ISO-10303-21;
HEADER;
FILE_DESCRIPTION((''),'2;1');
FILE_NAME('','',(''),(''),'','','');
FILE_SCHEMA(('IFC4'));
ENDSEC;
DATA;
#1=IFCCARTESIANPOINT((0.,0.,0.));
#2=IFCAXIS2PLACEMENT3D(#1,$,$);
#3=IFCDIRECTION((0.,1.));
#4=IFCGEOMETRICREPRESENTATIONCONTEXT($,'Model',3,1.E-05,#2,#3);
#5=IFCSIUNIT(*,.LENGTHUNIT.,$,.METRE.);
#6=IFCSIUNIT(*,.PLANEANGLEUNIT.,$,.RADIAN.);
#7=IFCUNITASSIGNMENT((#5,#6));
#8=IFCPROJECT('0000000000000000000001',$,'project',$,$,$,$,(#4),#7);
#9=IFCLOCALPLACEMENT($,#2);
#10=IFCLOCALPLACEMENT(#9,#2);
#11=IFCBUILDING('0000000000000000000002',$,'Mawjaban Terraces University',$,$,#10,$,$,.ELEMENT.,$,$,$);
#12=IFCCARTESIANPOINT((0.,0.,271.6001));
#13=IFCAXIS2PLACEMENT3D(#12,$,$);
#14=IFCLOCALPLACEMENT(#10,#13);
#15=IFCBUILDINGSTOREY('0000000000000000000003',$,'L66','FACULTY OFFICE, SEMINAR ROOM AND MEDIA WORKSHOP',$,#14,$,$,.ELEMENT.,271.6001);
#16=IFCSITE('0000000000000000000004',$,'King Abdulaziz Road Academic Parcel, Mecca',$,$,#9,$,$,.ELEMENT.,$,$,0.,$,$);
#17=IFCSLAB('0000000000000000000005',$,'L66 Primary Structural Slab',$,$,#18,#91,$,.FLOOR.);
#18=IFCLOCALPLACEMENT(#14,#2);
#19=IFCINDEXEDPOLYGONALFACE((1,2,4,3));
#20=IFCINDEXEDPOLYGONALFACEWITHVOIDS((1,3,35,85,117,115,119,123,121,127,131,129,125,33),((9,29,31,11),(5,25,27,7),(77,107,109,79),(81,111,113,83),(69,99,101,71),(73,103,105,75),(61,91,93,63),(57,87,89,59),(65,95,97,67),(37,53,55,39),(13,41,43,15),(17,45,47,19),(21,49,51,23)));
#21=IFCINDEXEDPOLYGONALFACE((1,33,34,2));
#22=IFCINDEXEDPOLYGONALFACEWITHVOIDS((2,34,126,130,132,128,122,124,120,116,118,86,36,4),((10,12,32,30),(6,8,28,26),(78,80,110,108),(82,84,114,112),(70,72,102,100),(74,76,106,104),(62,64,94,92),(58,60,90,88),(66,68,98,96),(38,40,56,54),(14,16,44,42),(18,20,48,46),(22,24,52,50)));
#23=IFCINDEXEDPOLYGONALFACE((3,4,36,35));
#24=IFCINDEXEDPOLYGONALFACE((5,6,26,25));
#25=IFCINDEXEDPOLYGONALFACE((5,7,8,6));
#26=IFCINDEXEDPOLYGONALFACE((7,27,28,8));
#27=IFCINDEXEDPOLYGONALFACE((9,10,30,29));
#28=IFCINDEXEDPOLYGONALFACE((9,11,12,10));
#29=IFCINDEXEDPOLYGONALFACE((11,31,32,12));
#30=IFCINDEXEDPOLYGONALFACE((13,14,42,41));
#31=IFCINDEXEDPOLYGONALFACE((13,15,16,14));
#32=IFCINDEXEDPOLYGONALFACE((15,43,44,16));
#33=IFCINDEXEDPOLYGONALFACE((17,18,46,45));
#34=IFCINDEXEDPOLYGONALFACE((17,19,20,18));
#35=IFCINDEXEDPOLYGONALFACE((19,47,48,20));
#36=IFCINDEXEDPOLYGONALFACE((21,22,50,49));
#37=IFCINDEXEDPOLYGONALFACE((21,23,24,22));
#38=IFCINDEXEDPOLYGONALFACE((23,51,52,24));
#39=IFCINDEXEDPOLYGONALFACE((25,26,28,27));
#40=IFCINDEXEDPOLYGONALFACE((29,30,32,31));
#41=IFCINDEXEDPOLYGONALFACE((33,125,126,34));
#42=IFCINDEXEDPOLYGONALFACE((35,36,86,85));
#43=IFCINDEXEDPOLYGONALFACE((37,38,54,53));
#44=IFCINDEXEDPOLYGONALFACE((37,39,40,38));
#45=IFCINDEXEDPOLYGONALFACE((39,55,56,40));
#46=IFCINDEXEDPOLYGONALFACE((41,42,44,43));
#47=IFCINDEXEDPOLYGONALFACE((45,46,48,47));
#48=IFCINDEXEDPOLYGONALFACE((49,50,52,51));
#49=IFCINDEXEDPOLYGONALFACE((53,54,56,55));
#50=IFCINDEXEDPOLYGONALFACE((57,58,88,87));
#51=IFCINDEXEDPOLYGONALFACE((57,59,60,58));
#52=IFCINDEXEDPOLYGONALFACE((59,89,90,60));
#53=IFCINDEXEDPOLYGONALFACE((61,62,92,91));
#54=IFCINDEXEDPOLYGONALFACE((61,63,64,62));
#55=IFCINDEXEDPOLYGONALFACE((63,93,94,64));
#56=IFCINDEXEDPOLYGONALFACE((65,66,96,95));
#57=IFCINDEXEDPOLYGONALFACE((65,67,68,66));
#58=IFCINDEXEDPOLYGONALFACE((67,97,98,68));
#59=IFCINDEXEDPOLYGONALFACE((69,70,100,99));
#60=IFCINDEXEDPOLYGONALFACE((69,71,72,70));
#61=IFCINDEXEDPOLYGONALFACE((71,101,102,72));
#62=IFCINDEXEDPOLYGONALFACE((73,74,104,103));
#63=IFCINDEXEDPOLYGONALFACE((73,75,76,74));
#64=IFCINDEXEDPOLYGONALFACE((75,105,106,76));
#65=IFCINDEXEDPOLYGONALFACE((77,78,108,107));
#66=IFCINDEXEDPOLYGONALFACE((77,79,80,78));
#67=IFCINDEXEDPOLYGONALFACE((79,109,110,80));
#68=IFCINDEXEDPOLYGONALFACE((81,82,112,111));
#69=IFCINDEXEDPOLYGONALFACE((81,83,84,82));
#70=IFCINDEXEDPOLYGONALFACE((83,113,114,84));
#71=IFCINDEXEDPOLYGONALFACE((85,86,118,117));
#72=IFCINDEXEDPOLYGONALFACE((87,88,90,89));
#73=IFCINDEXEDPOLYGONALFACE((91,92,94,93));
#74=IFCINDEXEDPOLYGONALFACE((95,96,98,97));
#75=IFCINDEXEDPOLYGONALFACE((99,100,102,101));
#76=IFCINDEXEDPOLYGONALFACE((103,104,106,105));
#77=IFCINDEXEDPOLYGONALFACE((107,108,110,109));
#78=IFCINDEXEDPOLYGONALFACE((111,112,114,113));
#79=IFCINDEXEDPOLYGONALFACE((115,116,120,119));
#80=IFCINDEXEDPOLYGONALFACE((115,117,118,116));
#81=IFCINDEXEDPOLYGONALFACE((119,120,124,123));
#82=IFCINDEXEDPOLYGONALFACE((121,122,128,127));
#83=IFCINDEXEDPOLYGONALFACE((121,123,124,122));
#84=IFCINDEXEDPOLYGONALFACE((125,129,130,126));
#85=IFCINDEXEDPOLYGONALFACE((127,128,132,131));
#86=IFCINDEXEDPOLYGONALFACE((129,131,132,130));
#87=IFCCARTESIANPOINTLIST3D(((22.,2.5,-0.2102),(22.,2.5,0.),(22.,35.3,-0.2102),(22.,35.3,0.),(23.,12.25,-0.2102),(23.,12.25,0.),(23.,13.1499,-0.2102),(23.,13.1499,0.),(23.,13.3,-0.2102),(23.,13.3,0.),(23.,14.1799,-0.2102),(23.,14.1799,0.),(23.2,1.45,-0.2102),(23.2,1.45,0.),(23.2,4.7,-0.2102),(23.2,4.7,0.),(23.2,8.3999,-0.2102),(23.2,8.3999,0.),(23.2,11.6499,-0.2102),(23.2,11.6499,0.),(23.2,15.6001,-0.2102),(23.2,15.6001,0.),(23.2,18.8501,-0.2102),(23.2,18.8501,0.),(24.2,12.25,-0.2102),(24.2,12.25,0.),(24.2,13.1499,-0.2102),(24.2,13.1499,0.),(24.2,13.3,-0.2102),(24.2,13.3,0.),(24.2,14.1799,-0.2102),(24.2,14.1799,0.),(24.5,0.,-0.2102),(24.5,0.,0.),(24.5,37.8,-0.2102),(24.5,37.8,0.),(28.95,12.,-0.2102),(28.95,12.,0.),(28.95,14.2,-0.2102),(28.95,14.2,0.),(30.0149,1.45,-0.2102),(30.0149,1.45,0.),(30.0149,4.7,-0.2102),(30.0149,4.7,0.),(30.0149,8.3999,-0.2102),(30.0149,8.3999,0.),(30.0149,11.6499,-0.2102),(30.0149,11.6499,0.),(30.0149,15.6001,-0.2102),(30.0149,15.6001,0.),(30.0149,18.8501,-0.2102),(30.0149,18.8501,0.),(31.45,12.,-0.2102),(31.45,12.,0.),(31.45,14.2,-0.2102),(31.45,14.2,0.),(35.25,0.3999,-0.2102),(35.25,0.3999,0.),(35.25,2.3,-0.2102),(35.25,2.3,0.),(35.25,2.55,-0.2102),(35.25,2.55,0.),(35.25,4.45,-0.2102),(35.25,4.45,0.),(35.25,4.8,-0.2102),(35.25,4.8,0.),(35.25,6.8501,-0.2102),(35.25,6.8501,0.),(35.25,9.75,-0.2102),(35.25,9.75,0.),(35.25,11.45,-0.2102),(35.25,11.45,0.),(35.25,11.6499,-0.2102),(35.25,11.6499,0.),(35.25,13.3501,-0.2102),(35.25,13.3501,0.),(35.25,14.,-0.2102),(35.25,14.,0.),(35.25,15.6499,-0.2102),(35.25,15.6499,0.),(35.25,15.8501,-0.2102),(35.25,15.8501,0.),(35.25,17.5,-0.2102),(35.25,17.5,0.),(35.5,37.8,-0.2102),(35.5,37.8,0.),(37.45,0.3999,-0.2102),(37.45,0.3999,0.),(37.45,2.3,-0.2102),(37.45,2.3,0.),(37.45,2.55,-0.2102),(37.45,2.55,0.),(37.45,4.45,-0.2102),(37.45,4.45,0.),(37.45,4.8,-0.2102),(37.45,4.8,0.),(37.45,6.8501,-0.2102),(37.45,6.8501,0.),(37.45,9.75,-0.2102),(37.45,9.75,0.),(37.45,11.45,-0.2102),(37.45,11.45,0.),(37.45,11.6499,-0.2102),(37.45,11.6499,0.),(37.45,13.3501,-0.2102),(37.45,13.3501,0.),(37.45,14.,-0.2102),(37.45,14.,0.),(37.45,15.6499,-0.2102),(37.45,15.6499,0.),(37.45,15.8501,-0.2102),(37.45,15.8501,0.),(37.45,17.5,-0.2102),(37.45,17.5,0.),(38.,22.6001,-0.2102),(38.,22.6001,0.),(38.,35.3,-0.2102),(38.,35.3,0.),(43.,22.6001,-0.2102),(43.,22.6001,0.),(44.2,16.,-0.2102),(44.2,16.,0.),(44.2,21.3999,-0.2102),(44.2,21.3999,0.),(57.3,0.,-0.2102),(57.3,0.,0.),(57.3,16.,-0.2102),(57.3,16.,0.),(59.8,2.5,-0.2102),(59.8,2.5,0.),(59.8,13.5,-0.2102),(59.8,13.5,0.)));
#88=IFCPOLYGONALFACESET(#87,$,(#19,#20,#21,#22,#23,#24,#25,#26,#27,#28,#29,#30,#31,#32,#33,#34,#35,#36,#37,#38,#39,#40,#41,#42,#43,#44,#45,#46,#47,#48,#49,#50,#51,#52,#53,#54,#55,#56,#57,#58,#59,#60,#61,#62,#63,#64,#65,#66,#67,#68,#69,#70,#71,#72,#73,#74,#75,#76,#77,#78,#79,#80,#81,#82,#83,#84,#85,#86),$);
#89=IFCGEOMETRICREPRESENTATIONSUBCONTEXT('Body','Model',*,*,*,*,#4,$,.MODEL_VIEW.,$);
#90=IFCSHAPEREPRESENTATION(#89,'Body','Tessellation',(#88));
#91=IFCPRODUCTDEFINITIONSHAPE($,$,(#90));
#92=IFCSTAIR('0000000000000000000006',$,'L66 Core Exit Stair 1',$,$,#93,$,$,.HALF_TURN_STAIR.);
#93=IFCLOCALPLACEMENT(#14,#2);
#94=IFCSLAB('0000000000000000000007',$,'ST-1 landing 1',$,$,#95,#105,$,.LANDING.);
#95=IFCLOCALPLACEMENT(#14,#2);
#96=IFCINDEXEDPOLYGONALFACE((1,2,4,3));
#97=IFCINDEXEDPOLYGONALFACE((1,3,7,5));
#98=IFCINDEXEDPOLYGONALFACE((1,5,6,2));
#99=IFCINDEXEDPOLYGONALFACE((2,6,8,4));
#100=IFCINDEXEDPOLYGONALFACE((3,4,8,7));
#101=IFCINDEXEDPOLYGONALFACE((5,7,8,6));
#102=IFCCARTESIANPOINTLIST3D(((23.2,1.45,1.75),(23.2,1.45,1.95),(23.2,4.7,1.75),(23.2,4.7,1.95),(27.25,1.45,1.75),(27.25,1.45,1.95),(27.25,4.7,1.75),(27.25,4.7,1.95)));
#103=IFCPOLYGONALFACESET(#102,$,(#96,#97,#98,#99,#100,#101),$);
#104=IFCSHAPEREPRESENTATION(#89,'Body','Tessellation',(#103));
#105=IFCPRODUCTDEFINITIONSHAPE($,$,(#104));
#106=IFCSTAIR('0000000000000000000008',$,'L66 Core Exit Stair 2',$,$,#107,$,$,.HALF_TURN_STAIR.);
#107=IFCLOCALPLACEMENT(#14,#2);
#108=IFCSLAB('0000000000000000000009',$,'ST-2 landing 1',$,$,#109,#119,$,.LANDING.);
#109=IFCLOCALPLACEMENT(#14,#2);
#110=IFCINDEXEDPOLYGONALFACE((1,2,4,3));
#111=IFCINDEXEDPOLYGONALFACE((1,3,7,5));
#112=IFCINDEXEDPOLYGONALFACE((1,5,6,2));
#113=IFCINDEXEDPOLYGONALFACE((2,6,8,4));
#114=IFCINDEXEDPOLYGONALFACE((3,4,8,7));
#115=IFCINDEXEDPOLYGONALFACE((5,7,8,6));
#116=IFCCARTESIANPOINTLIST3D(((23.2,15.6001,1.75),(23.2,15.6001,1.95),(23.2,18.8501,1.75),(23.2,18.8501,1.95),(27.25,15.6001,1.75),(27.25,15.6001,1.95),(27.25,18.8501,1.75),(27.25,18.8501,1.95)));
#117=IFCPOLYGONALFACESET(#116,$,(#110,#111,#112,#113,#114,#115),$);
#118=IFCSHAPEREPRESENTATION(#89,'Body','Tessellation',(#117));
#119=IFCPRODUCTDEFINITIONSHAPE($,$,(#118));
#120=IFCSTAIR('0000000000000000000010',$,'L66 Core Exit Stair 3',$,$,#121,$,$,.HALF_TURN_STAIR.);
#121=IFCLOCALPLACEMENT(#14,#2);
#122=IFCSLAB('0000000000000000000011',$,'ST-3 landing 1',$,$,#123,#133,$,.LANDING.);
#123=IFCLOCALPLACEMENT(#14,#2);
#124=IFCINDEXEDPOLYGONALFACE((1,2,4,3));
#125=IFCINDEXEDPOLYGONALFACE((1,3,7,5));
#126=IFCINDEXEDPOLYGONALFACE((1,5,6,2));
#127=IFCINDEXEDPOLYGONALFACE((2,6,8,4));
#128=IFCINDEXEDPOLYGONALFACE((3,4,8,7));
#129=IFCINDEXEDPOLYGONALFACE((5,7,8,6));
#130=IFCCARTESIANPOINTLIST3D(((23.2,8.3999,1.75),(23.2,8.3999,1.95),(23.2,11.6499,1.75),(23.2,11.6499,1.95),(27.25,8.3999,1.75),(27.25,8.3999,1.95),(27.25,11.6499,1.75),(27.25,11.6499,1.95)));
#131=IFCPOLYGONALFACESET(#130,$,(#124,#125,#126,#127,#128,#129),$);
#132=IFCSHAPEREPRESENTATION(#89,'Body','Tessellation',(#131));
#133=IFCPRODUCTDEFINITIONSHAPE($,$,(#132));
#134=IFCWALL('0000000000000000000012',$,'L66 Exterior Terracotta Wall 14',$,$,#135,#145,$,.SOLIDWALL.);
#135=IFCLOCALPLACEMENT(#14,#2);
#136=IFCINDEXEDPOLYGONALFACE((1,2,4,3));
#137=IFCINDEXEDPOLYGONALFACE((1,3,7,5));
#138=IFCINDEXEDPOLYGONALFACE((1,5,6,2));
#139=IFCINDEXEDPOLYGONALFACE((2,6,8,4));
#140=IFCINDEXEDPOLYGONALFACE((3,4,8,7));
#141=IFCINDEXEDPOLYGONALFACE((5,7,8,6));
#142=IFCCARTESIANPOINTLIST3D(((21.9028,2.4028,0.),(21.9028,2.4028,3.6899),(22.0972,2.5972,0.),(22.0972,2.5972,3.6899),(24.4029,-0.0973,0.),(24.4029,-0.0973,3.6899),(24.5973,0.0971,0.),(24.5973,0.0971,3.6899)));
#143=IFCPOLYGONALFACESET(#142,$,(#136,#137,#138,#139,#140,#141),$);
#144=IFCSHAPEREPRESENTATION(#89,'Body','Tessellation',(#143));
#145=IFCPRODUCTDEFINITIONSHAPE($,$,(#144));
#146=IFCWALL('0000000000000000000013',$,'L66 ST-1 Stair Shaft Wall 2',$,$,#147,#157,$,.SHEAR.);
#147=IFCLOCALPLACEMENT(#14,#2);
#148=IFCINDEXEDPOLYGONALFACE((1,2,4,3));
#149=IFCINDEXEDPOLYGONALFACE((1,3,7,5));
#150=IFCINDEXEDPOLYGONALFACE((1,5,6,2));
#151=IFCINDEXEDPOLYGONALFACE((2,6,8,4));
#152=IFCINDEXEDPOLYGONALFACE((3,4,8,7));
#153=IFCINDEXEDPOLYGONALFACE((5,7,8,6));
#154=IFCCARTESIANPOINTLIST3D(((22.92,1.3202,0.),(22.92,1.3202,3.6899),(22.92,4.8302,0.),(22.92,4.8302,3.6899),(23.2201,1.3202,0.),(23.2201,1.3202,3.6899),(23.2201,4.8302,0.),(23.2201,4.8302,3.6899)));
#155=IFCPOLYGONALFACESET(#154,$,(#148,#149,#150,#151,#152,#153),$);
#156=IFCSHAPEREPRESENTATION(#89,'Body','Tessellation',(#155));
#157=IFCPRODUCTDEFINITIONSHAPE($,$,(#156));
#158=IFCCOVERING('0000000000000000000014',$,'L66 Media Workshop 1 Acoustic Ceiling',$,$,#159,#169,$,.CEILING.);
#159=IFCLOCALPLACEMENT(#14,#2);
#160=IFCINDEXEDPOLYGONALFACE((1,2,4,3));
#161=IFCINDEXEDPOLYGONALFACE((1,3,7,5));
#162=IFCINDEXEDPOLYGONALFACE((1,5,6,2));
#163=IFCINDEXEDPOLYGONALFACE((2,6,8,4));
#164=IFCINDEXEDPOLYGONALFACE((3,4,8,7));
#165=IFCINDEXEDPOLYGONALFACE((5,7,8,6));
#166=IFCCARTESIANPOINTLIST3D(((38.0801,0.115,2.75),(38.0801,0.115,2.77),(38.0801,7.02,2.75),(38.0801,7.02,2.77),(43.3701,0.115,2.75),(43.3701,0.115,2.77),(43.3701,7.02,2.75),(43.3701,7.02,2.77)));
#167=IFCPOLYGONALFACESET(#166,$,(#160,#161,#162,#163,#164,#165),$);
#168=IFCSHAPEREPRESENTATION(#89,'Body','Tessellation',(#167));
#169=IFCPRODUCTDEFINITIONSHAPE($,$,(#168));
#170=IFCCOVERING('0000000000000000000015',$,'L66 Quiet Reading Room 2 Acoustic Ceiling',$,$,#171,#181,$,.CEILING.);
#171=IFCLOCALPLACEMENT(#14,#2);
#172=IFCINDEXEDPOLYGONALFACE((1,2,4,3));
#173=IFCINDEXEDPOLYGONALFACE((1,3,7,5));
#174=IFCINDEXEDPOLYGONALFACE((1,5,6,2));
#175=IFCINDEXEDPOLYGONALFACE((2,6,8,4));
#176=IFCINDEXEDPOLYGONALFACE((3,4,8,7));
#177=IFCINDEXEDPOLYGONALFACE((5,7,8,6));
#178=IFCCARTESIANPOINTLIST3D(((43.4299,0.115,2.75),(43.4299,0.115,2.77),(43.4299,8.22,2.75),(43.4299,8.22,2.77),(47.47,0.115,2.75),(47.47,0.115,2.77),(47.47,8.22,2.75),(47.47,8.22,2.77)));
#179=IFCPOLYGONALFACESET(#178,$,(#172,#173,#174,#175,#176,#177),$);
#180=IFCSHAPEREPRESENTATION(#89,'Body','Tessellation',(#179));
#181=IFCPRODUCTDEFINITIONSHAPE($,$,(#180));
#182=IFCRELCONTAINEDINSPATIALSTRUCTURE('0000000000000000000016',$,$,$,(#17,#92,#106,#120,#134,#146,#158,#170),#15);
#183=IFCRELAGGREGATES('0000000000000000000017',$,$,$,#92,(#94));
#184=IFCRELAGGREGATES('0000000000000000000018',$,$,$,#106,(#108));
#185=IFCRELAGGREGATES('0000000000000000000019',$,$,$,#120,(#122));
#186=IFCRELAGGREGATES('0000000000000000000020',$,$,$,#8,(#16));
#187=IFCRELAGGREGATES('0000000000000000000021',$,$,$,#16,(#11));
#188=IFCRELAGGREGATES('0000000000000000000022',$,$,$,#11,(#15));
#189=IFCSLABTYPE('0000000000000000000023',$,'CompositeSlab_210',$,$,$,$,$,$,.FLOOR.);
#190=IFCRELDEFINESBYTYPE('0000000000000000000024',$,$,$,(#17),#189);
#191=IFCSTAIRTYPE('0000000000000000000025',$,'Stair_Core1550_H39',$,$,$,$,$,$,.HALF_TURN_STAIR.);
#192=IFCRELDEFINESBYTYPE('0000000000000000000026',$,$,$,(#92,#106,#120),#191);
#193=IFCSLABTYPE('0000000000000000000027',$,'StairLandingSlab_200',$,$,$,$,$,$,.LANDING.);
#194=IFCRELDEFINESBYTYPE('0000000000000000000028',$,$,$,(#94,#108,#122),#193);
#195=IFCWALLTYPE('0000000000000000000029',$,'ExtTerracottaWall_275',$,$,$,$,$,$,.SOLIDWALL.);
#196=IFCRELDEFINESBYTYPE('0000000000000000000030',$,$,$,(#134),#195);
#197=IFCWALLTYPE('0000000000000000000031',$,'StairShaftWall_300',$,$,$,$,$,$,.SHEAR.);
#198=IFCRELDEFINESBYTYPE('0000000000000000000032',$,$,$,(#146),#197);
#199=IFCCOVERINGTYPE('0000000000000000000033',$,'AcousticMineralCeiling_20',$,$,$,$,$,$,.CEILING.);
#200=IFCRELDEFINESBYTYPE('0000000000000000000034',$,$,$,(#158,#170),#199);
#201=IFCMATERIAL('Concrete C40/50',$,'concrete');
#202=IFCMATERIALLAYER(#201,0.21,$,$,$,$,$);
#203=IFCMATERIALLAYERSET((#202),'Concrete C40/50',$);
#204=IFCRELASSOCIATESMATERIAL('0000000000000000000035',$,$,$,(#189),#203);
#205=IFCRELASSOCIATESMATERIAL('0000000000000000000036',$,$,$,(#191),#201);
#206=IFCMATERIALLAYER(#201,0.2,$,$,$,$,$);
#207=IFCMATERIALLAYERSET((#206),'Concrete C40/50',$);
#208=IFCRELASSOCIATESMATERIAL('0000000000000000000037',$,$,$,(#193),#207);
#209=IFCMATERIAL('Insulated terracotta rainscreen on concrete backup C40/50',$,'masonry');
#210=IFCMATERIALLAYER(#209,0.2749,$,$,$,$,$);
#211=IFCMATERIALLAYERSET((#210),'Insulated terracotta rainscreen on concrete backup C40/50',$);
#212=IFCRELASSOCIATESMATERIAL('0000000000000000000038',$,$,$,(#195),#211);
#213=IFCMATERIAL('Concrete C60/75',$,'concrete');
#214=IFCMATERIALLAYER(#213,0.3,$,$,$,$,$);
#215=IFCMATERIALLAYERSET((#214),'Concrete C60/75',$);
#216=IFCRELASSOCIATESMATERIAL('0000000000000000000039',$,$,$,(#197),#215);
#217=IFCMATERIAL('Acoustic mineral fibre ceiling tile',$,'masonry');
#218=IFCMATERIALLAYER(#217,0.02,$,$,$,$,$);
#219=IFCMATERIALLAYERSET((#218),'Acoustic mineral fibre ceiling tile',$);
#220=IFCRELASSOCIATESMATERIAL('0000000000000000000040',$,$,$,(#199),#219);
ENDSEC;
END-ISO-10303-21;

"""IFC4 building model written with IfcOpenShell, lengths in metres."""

from ifc_helpers import new_model, si_unit, direction, frame, frame_2d, origin, place, context, subcontext, project, spatial, polyline, rectangle, outline, extrude, material, layer, layer_set, type_object, element, aggregate, save


model = new_model("IFC4")

# Units and contexts
model_context = context("Model", 3, precision=1e-05, world=origin(), true_north=direction((0.0, 1.0)))
body_context = subcontext(model_context, "Body", "Model", "MODEL_VIEW")
ifc_project = project(units=[si_unit("LENGTHUNIT", "METRE"), si_unit("PLANEANGLEUNIT", "RADIAN")], contexts=[model_context])

# Site, building, storey
site_placement = place(None, origin())
site = spatial("IfcSite", under=ifc_project, at=site_placement, Name="King Abdulaziz Road Academic Parcel, Mecca", CompositionType="ELEMENT", RefElevation=0.0)
building_placement = place(site_placement, origin())
building = spatial("IfcBuilding", under=site, at=building_placement, Name="Mawjaban Terraces University", CompositionType="ELEMENT")
storey_placement = place(building_placement, frame((0.0, 0.0, 271.6001)))
storey = spatial("IfcBuildingStorey", under=building, at=storey_placement, Name="L66", Description="FACULTY OFFICE, SEMINAR ROOM AND MEDIA WORKSHOP", CompositionType="ELEMENT", Elevation=271.6001)

# Slab
ifc_material_1 = material(Name="Concrete C40/50", Category="concrete")
ifc_layer_1 = layer(ifc_material_1, 0.21)
ifc_layer_set_1 = layer_set([ifc_layer_1], Name="Concrete C40/50")
slab_type_1 = type_object("IfcSlabType", Name="CompositeSlab_210", PredefinedType="FLOOR", material=ifc_layer_set_1)
slab_1_placement = place(storey_placement, frame((0.0, 0.0, -0.2102)))
element("IfcSlab", 1, at=slab_1_placement, inside=storey, type_object=slab_type_1, Name="L66 Primary Structural Slab", PredefinedType="FLOOR", context=body_context, shape_type="SweptSolid", body=[
    extrude(outline(polyline([(24.5, 0.0), (57.3, 0.0), (59.8, 2.5), (59.8, 13.5), (57.3, 16.0), (44.2, 16.0), (44.2, 21.3999), (43.0, 22.6001), (38.0, 22.6001), (38.0, 35.3), (35.5, 37.8), (24.5, 37.8), (22.0, 35.3), (22.0, 2.5), (24.5, 0.0)]), holes=[polyline([(30.0149, 4.7), (23.2, 4.7), (23.2, 1.45), (30.0149, 1.45), (30.0149, 4.7)]), polyline([(30.0149, 18.8501), (23.2, 18.8501), (23.2, 15.6001), (30.0149, 15.6001), (30.0149, 18.8501)]), polyline([(30.0149, 11.6499), (23.2, 11.6499), (23.2, 8.3999), (30.0149, 8.3999), (30.0149, 11.6499)]), polyline([(35.25, 0.3999), (37.45, 0.3999), (37.45, 2.3), (35.25, 2.3), (35.25, 0.3999)]), polyline([(35.25, 2.55), (37.45, 2.55), (37.45, 4.45), (35.25, 4.45), (35.25, 2.55)]), polyline([(35.25, 4.8), (37.45, 4.8), (37.45, 6.8501), (35.25, 6.8501), (35.25, 4.8)]), polyline([(35.25, 9.75), (37.45, 9.75), (37.45, 11.45), (35.25, 11.45), (35.25, 9.75)]), polyline([(35.25, 11.6499), (37.45, 11.6499), (37.45, 13.3501), (35.25, 13.3501), (35.25, 11.6499)]), polyline([(28.95, 12.0), (31.45, 12.0), (31.45, 14.2), (28.95, 14.2), (28.95, 12.0)]), polyline([(35.25, 14.0), (37.45, 14.0), (37.45, 15.6499), (35.25, 15.6499), (35.25, 14.0)]), polyline([(35.25, 15.8501), (37.45, 15.8501), (37.45, 17.5), (35.25, 17.5), (35.25, 15.8501)]), polyline([(23.0, 12.25), (24.2, 12.25), (24.2, 13.1499), (23.0, 13.1499), (23.0, 12.25)]), polyline([(23.0, 13.3), (24.2, 13.3), (24.2, 14.1799), (23.0, 14.1799), (23.0, 13.3)])]), origin(), (0.0, 0.0, 1.0), 0.2102),
])

# Stairs, slabs
stair_type = type_object("IfcStairType", Name="Stair_Core1550_H39", PredefinedType="HALF_TURN_STAIR", material=ifc_material_1)
stair_1_placement = place(storey_placement, origin())
stair_1 = element("IfcStair", 2, at=stair_1_placement, inside=storey, type_object=stair_type, Name="L66 Core Exit Stair 1", PredefinedType="HALF_TURN_STAIR")
ifc_layer_2 = layer(ifc_material_1, 0.2)
ifc_layer_set_2 = layer_set([ifc_layer_2], Name="Concrete C40/50")
slab_type_2 = type_object("IfcSlabType", Name="StairLandingSlab_200", PredefinedType="LANDING", material=ifc_layer_set_2)
slab_2_placement = place(storey_placement, frame((0.0, 0.0, 1.75)))
slab_2 = element("IfcSlab", 3, at=slab_2_placement, type_object=slab_type_2, Name="ST-1 landing 1", PredefinedType="LANDING", context=body_context, shape_type="SweptSolid", body=[
    extrude(outline(polyline([(27.25, 4.7), (23.2, 4.7), (23.2, 1.45), (27.25, 1.45), (27.25, 4.7)])), origin(), (0.0, 0.0, 1.0), 0.2),
])
aggregate(stair_1, [slab_2])
stair_2_placement = place(storey_placement, origin())
stair_2 = element("IfcStair", 4, at=stair_2_placement, inside=storey, type_object=stair_type, Name="L66 Core Exit Stair 2", PredefinedType="HALF_TURN_STAIR")
slab_3_placement = place(storey_placement, frame((0.0, 0.0, 1.75)))
slab_3 = element("IfcSlab", 5, at=slab_3_placement, type_object=slab_type_2, Name="ST-2 landing 1", PredefinedType="LANDING", context=body_context, shape_type="SweptSolid", body=[
    extrude(outline(polyline([(27.25, 18.8501), (23.2, 18.8501), (23.2, 15.6001), (27.25, 15.6001), (27.25, 18.8501)])), origin(), (0.0, 0.0, 1.0), 0.2),
])
aggregate(stair_2, [slab_3])
stair_3_placement = place(storey_placement, origin())
stair_3 = element("IfcStair", 6, at=stair_3_placement, inside=storey, type_object=stair_type, Name="L66 Core Exit Stair 3", PredefinedType="HALF_TURN_STAIR")
slab_4_placement = place(storey_placement, frame((0.0, 0.0, 1.75)))
slab_4 = element("IfcSlab", 7, at=slab_4_placement, type_object=slab_type_2, Name="ST-3 landing 1", PredefinedType="LANDING", context=body_context, shape_type="SweptSolid", body=[
    extrude(outline(polyline([(27.25, 11.6499), (23.2, 11.6499), (23.2, 8.3999), (27.25, 8.3999), (27.25, 11.6499)])), origin(), (0.0, 0.0, 1.0), 0.2),
])
aggregate(stair_3, [slab_4])

# Walls
ifc_material_2 = material(Name="Insulated terracotta rainscreen on concrete backup C40/50", Category="masonry")
ifc_layer_3 = layer(ifc_material_2, 0.2749)
ifc_layer_set_3 = layer_set([ifc_layer_3], Name="Insulated terracotta rainscreen on concrete backup C40/50")
wall_type_1 = type_object("IfcWallType", Name="ExtTerracottaWall_275", PredefinedType="SOLIDWALL", material=ifc_layer_set_3)
wall_1_placement = place(storey_placement, frame((22.0, 2.5, 0.0), z_axis=(0.0, 0.0, 1.0), x_axis=(0.707107, -0.707107, 0.0)))
element("IfcWall", 8, at=wall_1_placement, inside=storey, type_object=wall_type_1, Name="L66 Exterior Terracotta Wall 14", PredefinedType="SOLIDWALL", context=body_context, shape_type="SweptSolid", body=[
    extrude(rectangle(XDim=3.5356, YDim=0.2749, at=frame_2d((1.7678, 0.0))), origin(), (0.0, 0.0, 1.0), 3.6899),
])
ifc_material_3 = material(Name="Concrete C60/75", Category="concrete")
ifc_layer_4 = layer(ifc_material_3, 0.3)
ifc_layer_set_4 = layer_set([ifc_layer_4], Name="Concrete C60/75")
wall_type_2 = type_object("IfcWallType", Name="StairShaftWall_300", PredefinedType="SHEAR", material=ifc_layer_set_4)
wall_2_placement = place(storey_placement, frame((23.0701, 4.8301, 0.0), z_axis=(0.0, 0.0, 1.0), x_axis=(0.0, -1.0, 0.0)))
element("IfcWall", 9, at=wall_2_placement, inside=storey, type_object=wall_type_2, Name="L66 ST-1 Stair Shaft Wall 2", PredefinedType="SHEAR", context=body_context, shape_type="SweptSolid", body=[
    extrude(rectangle(XDim=3.51, YDim=0.3, at=frame_2d((1.7549, 0.0))), origin(), (0.0, 0.0, 1.0), 3.6899),
])

# Coverings
ifc_material_4 = material(Name="Acoustic mineral fibre ceiling tile", Category="masonry")
ifc_layer_5 = layer(ifc_material_4, 0.02)
ifc_layer_set_5 = layer_set([ifc_layer_5], Name="Acoustic mineral fibre ceiling tile")
covering_type_1 = type_object("IfcCoveringType", Name="AcousticMineralCeiling_20", PredefinedType="CEILING", material=ifc_layer_set_5)
covering_1_placement = place(storey_placement, frame((0.0, 0.0, 2.75)))
element("IfcCovering", 10, at=covering_1_placement, inside=storey, type_object=covering_type_1, Name="L66 Media Workshop 1 Acoustic Ceiling", PredefinedType="CEILING", context=body_context, shape_type="SweptSolid", body=[
    extrude(outline(polyline([(38.0801, 7.02), (38.0801, 0.115), (43.3701, 0.115), (43.3701, 7.02), (38.0801, 7.02)])), origin(), (0.0, 0.0, 1.0), 0.02),
])
covering_2_placement = place(storey_placement, frame((0.0, 0.0, 2.75)))
element("IfcCovering", 11, at=covering_2_placement, inside=storey, type_object=covering_type_1, Name="L66 Quiet Reading Room 2 Acoustic Ceiling", PredefinedType="CEILING", context=body_context, shape_type="SweptSolid", body=[
    extrude(outline(polyline([(43.4299, 0.115), (47.47, 0.115), (47.47, 8.22), (43.4299, 8.22), (43.4299, 0.115)])), origin(), (0.0, 0.0, 1.0), 0.02),
])

save(model, "model.ifc")
